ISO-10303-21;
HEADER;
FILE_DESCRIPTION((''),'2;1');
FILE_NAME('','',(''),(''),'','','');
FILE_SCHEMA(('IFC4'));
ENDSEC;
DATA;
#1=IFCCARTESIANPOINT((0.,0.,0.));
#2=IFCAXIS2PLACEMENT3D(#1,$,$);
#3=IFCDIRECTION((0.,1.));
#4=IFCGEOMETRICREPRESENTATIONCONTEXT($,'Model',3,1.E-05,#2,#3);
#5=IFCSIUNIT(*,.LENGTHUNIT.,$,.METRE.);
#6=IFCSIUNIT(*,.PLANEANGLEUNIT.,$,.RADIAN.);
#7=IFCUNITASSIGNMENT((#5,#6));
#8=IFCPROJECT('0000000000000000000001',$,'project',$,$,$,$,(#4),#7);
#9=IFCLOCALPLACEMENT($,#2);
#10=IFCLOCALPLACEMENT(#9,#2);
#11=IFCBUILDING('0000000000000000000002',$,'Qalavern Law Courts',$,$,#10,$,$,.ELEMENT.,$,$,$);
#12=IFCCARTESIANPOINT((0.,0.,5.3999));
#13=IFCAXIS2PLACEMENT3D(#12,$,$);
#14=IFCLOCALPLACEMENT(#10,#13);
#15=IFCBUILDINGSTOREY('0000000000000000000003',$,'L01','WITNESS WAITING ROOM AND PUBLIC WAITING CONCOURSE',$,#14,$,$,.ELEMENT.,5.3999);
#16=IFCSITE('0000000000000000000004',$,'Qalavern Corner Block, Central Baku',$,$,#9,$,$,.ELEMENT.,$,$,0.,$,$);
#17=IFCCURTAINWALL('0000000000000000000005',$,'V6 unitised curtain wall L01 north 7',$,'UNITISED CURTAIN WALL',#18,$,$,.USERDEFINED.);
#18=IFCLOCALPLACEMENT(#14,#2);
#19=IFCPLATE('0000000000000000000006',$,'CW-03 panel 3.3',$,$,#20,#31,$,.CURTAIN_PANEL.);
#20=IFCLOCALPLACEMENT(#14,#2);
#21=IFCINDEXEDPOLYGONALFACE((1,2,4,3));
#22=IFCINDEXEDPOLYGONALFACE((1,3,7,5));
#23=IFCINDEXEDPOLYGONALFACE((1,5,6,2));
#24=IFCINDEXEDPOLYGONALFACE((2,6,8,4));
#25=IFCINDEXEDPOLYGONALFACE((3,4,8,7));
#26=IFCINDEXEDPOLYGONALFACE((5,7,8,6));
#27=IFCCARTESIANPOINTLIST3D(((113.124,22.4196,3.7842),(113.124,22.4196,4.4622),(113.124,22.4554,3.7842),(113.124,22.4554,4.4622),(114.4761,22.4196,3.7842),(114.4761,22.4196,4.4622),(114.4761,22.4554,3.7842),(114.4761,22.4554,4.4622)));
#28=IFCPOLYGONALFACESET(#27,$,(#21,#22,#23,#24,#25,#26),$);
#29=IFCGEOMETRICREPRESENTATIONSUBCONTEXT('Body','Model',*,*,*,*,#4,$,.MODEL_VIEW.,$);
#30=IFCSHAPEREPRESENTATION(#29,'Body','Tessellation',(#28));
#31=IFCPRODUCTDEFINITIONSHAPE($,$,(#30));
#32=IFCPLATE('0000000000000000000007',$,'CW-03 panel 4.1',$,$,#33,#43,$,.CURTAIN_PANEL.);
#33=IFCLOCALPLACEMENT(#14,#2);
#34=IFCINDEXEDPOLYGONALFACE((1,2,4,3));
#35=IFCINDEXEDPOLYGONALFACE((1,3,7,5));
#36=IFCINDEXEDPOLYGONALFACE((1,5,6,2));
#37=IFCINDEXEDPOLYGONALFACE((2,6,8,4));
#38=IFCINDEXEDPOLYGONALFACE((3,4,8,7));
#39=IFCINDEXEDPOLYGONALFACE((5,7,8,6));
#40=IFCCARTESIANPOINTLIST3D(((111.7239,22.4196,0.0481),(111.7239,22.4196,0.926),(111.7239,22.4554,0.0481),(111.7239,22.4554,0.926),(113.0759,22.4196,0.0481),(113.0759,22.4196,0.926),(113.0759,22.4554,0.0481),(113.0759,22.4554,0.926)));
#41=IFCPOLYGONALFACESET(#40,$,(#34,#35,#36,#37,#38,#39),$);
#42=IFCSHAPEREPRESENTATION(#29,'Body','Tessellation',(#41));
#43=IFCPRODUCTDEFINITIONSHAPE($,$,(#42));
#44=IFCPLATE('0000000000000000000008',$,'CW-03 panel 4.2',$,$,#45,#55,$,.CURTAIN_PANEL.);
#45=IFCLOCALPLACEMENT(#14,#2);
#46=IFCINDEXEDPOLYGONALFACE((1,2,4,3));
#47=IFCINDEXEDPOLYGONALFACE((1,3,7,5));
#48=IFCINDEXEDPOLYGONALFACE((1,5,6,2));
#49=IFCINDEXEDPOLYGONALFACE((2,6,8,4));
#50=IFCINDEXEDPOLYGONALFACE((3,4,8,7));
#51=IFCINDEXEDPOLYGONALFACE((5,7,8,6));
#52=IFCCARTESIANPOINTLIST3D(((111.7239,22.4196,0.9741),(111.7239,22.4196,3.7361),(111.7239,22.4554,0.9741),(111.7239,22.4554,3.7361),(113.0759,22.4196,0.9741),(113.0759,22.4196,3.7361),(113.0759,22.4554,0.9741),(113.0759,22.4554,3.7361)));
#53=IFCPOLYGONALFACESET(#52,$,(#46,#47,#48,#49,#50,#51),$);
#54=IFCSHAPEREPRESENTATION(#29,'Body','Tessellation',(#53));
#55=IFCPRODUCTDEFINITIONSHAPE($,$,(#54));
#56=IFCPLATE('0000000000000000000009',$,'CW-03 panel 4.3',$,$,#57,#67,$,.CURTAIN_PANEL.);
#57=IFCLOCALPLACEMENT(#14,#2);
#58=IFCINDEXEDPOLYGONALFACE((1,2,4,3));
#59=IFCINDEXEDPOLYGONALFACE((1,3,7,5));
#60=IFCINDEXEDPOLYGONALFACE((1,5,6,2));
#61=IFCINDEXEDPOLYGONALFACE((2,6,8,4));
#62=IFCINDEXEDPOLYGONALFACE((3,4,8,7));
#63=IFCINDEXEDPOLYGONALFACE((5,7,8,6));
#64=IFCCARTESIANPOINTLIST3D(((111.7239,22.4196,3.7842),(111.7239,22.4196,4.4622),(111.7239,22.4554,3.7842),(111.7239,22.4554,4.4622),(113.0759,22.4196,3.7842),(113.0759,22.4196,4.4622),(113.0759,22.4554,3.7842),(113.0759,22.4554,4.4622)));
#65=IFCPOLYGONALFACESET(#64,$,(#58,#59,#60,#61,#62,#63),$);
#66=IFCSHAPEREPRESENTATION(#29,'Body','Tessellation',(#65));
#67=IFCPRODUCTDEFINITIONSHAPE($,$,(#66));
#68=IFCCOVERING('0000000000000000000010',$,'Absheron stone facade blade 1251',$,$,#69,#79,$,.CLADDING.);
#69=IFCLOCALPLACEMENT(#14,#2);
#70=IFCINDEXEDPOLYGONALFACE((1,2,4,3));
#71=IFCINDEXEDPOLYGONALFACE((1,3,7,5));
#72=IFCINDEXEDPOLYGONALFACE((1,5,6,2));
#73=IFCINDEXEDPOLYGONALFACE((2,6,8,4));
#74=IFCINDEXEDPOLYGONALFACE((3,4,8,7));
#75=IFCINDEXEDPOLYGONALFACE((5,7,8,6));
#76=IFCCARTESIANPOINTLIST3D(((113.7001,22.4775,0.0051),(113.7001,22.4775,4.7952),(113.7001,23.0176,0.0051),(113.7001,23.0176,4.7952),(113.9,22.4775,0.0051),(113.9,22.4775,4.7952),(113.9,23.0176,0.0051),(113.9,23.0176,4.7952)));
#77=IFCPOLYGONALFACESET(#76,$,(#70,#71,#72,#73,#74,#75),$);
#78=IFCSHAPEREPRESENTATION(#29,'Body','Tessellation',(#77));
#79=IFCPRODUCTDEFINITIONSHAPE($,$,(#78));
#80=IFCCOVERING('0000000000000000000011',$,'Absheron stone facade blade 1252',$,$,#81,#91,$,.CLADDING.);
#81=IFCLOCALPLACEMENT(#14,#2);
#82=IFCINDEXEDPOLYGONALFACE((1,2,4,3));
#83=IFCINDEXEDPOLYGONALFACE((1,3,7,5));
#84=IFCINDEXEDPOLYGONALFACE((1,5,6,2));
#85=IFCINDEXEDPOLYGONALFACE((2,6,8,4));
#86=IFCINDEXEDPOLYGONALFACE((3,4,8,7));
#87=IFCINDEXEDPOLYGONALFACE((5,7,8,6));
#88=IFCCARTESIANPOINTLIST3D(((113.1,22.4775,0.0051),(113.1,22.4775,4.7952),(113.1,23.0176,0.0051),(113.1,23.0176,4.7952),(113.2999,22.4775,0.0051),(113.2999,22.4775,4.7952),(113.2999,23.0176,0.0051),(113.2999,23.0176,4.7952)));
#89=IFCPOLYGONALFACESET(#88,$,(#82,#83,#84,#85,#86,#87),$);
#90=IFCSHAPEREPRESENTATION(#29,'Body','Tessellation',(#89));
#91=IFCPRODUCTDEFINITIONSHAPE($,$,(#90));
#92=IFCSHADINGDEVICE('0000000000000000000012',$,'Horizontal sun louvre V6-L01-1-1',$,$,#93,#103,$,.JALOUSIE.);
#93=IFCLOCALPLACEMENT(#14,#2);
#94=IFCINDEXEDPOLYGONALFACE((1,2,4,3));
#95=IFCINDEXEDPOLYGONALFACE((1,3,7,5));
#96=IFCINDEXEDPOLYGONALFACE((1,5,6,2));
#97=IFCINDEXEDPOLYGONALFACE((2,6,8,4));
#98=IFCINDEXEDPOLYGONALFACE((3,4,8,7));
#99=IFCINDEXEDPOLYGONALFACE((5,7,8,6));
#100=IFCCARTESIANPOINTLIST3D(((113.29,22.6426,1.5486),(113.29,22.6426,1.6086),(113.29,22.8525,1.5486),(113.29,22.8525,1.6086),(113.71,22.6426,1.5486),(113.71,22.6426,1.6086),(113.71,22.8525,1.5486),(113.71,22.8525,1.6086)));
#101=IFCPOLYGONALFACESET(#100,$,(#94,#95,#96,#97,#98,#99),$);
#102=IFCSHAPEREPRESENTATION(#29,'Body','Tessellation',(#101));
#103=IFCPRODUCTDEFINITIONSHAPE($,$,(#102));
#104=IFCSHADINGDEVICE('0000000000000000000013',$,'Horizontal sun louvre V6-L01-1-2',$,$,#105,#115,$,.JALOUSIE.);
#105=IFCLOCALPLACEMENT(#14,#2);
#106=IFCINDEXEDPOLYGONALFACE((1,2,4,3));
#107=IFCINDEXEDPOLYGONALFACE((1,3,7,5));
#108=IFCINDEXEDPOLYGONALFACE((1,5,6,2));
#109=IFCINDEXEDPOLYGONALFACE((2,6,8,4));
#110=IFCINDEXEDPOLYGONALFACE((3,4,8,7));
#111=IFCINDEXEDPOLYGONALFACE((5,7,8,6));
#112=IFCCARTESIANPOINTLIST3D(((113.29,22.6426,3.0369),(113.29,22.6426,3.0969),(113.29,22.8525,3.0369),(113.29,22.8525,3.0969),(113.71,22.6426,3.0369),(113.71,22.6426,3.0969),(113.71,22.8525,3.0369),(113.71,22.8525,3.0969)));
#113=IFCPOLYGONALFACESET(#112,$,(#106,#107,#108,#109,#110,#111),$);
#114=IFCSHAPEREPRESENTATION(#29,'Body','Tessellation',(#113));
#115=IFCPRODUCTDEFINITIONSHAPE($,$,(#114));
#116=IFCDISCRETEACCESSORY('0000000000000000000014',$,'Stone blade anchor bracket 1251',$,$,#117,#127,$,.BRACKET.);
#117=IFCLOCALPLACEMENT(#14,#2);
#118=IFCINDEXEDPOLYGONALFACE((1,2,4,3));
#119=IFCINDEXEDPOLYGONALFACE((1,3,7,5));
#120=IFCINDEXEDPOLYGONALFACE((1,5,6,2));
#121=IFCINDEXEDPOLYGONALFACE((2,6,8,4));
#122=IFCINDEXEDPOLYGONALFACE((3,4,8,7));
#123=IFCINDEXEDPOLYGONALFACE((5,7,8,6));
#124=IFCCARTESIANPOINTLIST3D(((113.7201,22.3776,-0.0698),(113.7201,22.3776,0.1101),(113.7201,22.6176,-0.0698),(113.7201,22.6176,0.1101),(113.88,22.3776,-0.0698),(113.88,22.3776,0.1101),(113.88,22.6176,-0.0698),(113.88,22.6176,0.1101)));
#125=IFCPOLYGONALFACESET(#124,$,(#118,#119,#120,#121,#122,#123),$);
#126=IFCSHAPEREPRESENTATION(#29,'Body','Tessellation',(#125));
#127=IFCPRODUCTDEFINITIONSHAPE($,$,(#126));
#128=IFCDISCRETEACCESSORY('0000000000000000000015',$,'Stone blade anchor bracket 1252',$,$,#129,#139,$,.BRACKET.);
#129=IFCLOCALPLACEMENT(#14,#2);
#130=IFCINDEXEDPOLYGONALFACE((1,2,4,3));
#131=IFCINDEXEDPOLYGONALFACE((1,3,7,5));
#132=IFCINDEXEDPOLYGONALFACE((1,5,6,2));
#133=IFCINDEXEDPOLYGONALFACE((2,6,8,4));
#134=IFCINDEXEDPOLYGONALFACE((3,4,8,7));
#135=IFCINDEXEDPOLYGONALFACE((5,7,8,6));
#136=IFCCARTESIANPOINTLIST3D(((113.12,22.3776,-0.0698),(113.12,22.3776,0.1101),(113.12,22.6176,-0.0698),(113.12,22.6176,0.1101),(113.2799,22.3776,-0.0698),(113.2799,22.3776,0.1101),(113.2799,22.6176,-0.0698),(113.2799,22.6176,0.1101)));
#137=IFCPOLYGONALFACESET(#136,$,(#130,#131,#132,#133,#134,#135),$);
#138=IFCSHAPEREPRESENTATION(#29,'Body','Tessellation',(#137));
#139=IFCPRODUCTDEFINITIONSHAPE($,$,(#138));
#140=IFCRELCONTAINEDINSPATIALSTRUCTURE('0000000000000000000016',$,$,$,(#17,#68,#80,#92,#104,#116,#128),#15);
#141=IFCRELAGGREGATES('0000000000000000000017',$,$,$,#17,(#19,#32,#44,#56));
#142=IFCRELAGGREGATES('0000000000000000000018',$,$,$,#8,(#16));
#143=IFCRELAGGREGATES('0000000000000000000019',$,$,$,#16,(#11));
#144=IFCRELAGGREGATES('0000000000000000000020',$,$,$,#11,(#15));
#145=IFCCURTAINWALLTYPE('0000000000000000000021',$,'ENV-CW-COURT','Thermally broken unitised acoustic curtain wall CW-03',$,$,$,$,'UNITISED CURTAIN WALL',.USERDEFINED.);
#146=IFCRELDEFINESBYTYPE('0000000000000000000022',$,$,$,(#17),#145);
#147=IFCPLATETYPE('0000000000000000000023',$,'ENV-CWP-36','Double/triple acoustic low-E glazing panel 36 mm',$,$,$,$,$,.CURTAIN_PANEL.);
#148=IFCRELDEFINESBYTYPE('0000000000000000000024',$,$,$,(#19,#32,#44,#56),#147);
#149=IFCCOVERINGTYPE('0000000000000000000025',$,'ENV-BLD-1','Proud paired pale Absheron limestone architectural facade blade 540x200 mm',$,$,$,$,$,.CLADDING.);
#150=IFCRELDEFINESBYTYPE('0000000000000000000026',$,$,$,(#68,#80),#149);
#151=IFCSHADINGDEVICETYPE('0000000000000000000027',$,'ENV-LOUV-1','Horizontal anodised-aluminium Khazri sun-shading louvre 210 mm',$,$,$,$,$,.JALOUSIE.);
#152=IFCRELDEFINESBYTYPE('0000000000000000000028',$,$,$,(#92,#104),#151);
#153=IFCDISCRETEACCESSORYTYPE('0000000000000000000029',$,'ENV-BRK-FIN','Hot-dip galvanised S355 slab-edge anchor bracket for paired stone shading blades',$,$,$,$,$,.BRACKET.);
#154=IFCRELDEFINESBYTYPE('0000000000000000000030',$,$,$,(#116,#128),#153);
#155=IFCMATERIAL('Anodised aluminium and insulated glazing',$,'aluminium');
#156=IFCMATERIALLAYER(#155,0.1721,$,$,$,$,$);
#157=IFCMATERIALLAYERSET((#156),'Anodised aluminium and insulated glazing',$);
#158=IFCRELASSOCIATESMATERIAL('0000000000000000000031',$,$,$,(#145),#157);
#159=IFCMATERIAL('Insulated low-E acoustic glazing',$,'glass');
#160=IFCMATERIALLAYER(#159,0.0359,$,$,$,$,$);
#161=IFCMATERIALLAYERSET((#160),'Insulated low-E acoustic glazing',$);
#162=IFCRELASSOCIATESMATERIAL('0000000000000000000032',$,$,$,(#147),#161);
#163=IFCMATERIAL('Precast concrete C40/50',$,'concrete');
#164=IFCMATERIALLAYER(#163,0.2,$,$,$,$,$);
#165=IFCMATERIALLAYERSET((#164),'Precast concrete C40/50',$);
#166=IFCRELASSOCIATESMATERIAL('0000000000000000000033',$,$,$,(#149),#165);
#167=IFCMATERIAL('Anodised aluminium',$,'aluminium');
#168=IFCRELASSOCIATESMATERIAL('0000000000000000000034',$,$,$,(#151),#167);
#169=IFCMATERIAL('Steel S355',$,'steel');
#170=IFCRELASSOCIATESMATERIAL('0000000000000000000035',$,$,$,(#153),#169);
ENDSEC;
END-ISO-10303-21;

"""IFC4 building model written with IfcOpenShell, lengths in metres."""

from ifc_helpers import new_model, si_unit, direction, frame, origin, origin_2d, place, context, subcontext, project, spatial, rectangle, extrude, material, layer, layer_set, type_object, element, aggregate, save


model = new_model("IFC4")

# Units and contexts
model_context = context("Model", 3, precision=1e-05, world=origin(), true_north=direction((0.0, 1.0)))
body_context = subcontext(model_context, "Body", "Model", "MODEL_VIEW")
ifc_project = project(units=[si_unit("LENGTHUNIT", "METRE"), si_unit("PLANEANGLEUNIT", "RADIAN")], contexts=[model_context])

# Site, building, storey
site_placement = place(None, origin())
site = spatial("IfcSite", under=ifc_project, at=site_placement, Name="Qalavern Corner Block, Central Baku", CompositionType="ELEMENT", RefElevation=0.0)
building_placement = place(site_placement, origin())
building = spatial("IfcBuilding", under=site, at=building_placement, Name="Qalavern Law Courts", CompositionType="ELEMENT")
storey_placement = place(building_placement, frame((0.0, 0.0, 5.3999)))
storey = spatial("IfcBuildingStorey", under=building, at=storey_placement, Name="L01", Description="WITNESS WAITING ROOM AND PUBLIC WAITING CONCOURSE", CompositionType="ELEMENT", Elevation=5.3999)

# Curtain wall, plates
ifc_material_1 = material(Name="Anodised aluminium and insulated glazing", Category="aluminium")
ifc_layer_1 = layer(ifc_material_1, 0.1721)
ifc_layer_set_1 = layer_set([ifc_layer_1], Name="Anodised aluminium and insulated glazing")
curtain_wall_type = type_object("IfcCurtainWallType", Name="ENV-CW-COURT", Description="Thermally broken unitised acoustic curtain wall CW-03", ElementType="UNITISED CURTAIN WALL", PredefinedType="USERDEFINED", material=ifc_layer_set_1)
curtain_wall_placement = place(storey_placement, origin())
curtain_wall = element("IfcCurtainWall", 1, at=curtain_wall_placement, inside=storey, type_object=curtain_wall_type, Name="V6 unitised curtain wall L01 north 7", ObjectType="UNITISED CURTAIN WALL", PredefinedType="USERDEFINED")
ifc_material_2 = material(Name="Anodised aluminium", Category="aluminium")
ifc_material_3 = material(Name="Insulated low-E acoustic glazing", Category="glass")
ifc_layer_2 = layer(ifc_material_3, 0.0359)
ifc_layer_set_2 = layer_set([ifc_layer_2], Name="Insulated low-E acoustic glazing")
plate_type = type_object("IfcPlateType", Name="ENV-CWP-36", Description="Double/triple acoustic low-E glazing panel 36 mm", PredefinedType="CURTAIN_PANEL", material=ifc_layer_set_2)
plate_1_placement = place(storey_placement, frame((113.8, 22.4375, 3.7842), z_axis=(0.0, 0.0, 1.0), x_axis=(-1.0, 0.0, 0.0)))
plate_1 = element("IfcPlate", 2, at=plate_1_placement, type_object=plate_type, Name="CW-03 panel 3.3", PredefinedType="CURTAIN_PANEL", context=body_context, shape_type="SweptSolid", body=[
    extrude(rectangle(XDim=1.3521, YDim=0.0359, at=origin_2d()), origin(), (0.0, 0.0, 1.0), 0.678),
])
plate_2_placement = place(storey_placement, frame((112.3999, 22.4375, 0.0481), z_axis=(0.0, 0.0, 1.0), x_axis=(-1.0, 0.0, 0.0)))
plate_2 = element("IfcPlate", 3, at=plate_2_placement, type_object=plate_type, Name="CW-03 panel 4.1", PredefinedType="CURTAIN_PANEL", context=body_context, shape_type="SweptSolid", body=[
    extrude(rectangle(XDim=1.3521, YDim=0.0359, at=origin_2d()), origin(), (0.0, 0.0, 1.0), 0.8779),
])
plate_3_placement = place(storey_placement, frame((112.3999, 22.4375, 0.9741), z_axis=(0.0, 0.0, 1.0), x_axis=(-1.0, 0.0, 0.0)))
plate_3 = element("IfcPlate", 4, at=plate_3_placement, type_object=plate_type, Name="CW-03 panel 4.2", PredefinedType="CURTAIN_PANEL", context=body_context, shape_type="SweptSolid", body=[
    extrude(rectangle(XDim=1.3521, YDim=0.0359, at=origin_2d()), origin(), (0.0, 0.0, 1.0), 2.762),
])
plate_4_placement = place(storey_placement, frame((112.3999, 22.4375, 3.7842), z_axis=(0.0, 0.0, 1.0), x_axis=(-1.0, 0.0, 0.0)))
plate_4 = element("IfcPlate", 5, at=plate_4_placement, type_object=plate_type, Name="CW-03 panel 4.3", PredefinedType="CURTAIN_PANEL", context=body_context, shape_type="SweptSolid", body=[
    extrude(rectangle(XDim=1.3521, YDim=0.0359, at=origin_2d()), origin(), (0.0, 0.0, 1.0), 0.678),
])
aggregate(curtain_wall, [plate_1, plate_2, plate_3, plate_4])

# Coverings
ifc_material_4 = material(Name="Precast concrete C40/50", Category="concrete")
ifc_layer_3 = layer(ifc_material_4, 0.2)
ifc_layer_set_3 = layer_set([ifc_layer_3], Name="Precast concrete C40/50")
covering_type = type_object("IfcCoveringType", Name="ENV-BLD-1", Description="Proud paired pale Absheron limestone architectural facade blade 540x200 mm", PredefinedType="CLADDING", material=ifc_layer_set_3)
for number, where, z_axis, x_axis, name in (
    (6, (113.8, 22.7476, 0.0051), (0.0, 0.0, 1.0), (0.0, 1.0, 0.0), "Absheron stone facade blade 1251"),
    (7, (113.2, 22.7476, 0.0051), (0.0, 0.0, 1.0), (0.0, 1.0, 0.0), "Absheron stone facade blade 1252"),
):
    element("IfcCovering", number, at=place(storey_placement, frame(where, z_axis=z_axis, x_axis=x_axis)), inside=storey, type_object=covering_type, Name=name, PredefinedType="CLADDING", context=body_context, shape_type="SweptSolid", body=[
        extrude(rectangle(XDim=0.54, YDim=0.2, at=origin_2d()), origin(), (0.0, 0.0, 1.0), 4.79),
    ])

# Shading devices
shading_device_type = type_object("IfcShadingDeviceType", Name="ENV-LOUV-1", Description="Horizontal anodised-aluminium Khazri sun-shading louvre 210 mm", PredefinedType="JALOUSIE", material=ifc_material_2)
for number, where, z_axis, x_axis, name in (
    (8, (113.5, 22.7476, 1.5486), (0.0, 0.0, 1.0), (-1.0, 0.0, 0.0), "Horizontal sun louvre V6-L01-1-1"),
    (9, (113.5, 22.7476, 3.0369), (0.0, 0.0, 1.0), (-1.0, 0.0, 0.0), "Horizontal sun louvre V6-L01-1-2"),
):
    element("IfcShadingDevice", number, at=place(storey_placement, frame(where, z_axis=z_axis, x_axis=x_axis)), inside=storey, type_object=shading_device_type, Name=name, PredefinedType="JALOUSIE", context=body_context, shape_type="SweptSolid", body=[
        extrude(rectangle(XDim=0.4199, YDim=0.21, at=origin_2d()), origin(), (0.0, 0.0, 1.0), 0.0601),
    ])

# Discrete accessories
ifc_material_5 = material(Name="Steel S355", Category="steel")
discrete_accessory_type = type_object("IfcDiscreteAccessoryType", Name="ENV-BRK-FIN", Description="Hot-dip galvanised S355 slab-edge anchor bracket for paired stone shading blades", PredefinedType="BRACKET", material=ifc_material_5)
for number, where, z_axis, x_axis, name in (
    (10, (113.8, 22.4976, -0.0698), (0.0, 0.0, 1.0), (0.0, 1.0, 0.0), "Stone blade anchor bracket 1251"),
    (11, (113.2, 22.4976, -0.0698), (0.0, 0.0, 1.0), (0.0, 1.0, 0.0), "Stone blade anchor bracket 1252"),
):
    element("IfcDiscreteAccessory", number, at=place(storey_placement, frame(where, z_axis=z_axis, x_axis=x_axis)), inside=storey, type_object=discrete_accessory_type, Name=name, PredefinedType="BRACKET", context=body_context, shape_type="SweptSolid", body=[
        extrude(rectangle(XDim=0.24, YDim=0.1599, at=origin_2d()), origin(), (0.0, 0.0, 1.0), 0.1799),
    ])

save(model, "model.ifc")
